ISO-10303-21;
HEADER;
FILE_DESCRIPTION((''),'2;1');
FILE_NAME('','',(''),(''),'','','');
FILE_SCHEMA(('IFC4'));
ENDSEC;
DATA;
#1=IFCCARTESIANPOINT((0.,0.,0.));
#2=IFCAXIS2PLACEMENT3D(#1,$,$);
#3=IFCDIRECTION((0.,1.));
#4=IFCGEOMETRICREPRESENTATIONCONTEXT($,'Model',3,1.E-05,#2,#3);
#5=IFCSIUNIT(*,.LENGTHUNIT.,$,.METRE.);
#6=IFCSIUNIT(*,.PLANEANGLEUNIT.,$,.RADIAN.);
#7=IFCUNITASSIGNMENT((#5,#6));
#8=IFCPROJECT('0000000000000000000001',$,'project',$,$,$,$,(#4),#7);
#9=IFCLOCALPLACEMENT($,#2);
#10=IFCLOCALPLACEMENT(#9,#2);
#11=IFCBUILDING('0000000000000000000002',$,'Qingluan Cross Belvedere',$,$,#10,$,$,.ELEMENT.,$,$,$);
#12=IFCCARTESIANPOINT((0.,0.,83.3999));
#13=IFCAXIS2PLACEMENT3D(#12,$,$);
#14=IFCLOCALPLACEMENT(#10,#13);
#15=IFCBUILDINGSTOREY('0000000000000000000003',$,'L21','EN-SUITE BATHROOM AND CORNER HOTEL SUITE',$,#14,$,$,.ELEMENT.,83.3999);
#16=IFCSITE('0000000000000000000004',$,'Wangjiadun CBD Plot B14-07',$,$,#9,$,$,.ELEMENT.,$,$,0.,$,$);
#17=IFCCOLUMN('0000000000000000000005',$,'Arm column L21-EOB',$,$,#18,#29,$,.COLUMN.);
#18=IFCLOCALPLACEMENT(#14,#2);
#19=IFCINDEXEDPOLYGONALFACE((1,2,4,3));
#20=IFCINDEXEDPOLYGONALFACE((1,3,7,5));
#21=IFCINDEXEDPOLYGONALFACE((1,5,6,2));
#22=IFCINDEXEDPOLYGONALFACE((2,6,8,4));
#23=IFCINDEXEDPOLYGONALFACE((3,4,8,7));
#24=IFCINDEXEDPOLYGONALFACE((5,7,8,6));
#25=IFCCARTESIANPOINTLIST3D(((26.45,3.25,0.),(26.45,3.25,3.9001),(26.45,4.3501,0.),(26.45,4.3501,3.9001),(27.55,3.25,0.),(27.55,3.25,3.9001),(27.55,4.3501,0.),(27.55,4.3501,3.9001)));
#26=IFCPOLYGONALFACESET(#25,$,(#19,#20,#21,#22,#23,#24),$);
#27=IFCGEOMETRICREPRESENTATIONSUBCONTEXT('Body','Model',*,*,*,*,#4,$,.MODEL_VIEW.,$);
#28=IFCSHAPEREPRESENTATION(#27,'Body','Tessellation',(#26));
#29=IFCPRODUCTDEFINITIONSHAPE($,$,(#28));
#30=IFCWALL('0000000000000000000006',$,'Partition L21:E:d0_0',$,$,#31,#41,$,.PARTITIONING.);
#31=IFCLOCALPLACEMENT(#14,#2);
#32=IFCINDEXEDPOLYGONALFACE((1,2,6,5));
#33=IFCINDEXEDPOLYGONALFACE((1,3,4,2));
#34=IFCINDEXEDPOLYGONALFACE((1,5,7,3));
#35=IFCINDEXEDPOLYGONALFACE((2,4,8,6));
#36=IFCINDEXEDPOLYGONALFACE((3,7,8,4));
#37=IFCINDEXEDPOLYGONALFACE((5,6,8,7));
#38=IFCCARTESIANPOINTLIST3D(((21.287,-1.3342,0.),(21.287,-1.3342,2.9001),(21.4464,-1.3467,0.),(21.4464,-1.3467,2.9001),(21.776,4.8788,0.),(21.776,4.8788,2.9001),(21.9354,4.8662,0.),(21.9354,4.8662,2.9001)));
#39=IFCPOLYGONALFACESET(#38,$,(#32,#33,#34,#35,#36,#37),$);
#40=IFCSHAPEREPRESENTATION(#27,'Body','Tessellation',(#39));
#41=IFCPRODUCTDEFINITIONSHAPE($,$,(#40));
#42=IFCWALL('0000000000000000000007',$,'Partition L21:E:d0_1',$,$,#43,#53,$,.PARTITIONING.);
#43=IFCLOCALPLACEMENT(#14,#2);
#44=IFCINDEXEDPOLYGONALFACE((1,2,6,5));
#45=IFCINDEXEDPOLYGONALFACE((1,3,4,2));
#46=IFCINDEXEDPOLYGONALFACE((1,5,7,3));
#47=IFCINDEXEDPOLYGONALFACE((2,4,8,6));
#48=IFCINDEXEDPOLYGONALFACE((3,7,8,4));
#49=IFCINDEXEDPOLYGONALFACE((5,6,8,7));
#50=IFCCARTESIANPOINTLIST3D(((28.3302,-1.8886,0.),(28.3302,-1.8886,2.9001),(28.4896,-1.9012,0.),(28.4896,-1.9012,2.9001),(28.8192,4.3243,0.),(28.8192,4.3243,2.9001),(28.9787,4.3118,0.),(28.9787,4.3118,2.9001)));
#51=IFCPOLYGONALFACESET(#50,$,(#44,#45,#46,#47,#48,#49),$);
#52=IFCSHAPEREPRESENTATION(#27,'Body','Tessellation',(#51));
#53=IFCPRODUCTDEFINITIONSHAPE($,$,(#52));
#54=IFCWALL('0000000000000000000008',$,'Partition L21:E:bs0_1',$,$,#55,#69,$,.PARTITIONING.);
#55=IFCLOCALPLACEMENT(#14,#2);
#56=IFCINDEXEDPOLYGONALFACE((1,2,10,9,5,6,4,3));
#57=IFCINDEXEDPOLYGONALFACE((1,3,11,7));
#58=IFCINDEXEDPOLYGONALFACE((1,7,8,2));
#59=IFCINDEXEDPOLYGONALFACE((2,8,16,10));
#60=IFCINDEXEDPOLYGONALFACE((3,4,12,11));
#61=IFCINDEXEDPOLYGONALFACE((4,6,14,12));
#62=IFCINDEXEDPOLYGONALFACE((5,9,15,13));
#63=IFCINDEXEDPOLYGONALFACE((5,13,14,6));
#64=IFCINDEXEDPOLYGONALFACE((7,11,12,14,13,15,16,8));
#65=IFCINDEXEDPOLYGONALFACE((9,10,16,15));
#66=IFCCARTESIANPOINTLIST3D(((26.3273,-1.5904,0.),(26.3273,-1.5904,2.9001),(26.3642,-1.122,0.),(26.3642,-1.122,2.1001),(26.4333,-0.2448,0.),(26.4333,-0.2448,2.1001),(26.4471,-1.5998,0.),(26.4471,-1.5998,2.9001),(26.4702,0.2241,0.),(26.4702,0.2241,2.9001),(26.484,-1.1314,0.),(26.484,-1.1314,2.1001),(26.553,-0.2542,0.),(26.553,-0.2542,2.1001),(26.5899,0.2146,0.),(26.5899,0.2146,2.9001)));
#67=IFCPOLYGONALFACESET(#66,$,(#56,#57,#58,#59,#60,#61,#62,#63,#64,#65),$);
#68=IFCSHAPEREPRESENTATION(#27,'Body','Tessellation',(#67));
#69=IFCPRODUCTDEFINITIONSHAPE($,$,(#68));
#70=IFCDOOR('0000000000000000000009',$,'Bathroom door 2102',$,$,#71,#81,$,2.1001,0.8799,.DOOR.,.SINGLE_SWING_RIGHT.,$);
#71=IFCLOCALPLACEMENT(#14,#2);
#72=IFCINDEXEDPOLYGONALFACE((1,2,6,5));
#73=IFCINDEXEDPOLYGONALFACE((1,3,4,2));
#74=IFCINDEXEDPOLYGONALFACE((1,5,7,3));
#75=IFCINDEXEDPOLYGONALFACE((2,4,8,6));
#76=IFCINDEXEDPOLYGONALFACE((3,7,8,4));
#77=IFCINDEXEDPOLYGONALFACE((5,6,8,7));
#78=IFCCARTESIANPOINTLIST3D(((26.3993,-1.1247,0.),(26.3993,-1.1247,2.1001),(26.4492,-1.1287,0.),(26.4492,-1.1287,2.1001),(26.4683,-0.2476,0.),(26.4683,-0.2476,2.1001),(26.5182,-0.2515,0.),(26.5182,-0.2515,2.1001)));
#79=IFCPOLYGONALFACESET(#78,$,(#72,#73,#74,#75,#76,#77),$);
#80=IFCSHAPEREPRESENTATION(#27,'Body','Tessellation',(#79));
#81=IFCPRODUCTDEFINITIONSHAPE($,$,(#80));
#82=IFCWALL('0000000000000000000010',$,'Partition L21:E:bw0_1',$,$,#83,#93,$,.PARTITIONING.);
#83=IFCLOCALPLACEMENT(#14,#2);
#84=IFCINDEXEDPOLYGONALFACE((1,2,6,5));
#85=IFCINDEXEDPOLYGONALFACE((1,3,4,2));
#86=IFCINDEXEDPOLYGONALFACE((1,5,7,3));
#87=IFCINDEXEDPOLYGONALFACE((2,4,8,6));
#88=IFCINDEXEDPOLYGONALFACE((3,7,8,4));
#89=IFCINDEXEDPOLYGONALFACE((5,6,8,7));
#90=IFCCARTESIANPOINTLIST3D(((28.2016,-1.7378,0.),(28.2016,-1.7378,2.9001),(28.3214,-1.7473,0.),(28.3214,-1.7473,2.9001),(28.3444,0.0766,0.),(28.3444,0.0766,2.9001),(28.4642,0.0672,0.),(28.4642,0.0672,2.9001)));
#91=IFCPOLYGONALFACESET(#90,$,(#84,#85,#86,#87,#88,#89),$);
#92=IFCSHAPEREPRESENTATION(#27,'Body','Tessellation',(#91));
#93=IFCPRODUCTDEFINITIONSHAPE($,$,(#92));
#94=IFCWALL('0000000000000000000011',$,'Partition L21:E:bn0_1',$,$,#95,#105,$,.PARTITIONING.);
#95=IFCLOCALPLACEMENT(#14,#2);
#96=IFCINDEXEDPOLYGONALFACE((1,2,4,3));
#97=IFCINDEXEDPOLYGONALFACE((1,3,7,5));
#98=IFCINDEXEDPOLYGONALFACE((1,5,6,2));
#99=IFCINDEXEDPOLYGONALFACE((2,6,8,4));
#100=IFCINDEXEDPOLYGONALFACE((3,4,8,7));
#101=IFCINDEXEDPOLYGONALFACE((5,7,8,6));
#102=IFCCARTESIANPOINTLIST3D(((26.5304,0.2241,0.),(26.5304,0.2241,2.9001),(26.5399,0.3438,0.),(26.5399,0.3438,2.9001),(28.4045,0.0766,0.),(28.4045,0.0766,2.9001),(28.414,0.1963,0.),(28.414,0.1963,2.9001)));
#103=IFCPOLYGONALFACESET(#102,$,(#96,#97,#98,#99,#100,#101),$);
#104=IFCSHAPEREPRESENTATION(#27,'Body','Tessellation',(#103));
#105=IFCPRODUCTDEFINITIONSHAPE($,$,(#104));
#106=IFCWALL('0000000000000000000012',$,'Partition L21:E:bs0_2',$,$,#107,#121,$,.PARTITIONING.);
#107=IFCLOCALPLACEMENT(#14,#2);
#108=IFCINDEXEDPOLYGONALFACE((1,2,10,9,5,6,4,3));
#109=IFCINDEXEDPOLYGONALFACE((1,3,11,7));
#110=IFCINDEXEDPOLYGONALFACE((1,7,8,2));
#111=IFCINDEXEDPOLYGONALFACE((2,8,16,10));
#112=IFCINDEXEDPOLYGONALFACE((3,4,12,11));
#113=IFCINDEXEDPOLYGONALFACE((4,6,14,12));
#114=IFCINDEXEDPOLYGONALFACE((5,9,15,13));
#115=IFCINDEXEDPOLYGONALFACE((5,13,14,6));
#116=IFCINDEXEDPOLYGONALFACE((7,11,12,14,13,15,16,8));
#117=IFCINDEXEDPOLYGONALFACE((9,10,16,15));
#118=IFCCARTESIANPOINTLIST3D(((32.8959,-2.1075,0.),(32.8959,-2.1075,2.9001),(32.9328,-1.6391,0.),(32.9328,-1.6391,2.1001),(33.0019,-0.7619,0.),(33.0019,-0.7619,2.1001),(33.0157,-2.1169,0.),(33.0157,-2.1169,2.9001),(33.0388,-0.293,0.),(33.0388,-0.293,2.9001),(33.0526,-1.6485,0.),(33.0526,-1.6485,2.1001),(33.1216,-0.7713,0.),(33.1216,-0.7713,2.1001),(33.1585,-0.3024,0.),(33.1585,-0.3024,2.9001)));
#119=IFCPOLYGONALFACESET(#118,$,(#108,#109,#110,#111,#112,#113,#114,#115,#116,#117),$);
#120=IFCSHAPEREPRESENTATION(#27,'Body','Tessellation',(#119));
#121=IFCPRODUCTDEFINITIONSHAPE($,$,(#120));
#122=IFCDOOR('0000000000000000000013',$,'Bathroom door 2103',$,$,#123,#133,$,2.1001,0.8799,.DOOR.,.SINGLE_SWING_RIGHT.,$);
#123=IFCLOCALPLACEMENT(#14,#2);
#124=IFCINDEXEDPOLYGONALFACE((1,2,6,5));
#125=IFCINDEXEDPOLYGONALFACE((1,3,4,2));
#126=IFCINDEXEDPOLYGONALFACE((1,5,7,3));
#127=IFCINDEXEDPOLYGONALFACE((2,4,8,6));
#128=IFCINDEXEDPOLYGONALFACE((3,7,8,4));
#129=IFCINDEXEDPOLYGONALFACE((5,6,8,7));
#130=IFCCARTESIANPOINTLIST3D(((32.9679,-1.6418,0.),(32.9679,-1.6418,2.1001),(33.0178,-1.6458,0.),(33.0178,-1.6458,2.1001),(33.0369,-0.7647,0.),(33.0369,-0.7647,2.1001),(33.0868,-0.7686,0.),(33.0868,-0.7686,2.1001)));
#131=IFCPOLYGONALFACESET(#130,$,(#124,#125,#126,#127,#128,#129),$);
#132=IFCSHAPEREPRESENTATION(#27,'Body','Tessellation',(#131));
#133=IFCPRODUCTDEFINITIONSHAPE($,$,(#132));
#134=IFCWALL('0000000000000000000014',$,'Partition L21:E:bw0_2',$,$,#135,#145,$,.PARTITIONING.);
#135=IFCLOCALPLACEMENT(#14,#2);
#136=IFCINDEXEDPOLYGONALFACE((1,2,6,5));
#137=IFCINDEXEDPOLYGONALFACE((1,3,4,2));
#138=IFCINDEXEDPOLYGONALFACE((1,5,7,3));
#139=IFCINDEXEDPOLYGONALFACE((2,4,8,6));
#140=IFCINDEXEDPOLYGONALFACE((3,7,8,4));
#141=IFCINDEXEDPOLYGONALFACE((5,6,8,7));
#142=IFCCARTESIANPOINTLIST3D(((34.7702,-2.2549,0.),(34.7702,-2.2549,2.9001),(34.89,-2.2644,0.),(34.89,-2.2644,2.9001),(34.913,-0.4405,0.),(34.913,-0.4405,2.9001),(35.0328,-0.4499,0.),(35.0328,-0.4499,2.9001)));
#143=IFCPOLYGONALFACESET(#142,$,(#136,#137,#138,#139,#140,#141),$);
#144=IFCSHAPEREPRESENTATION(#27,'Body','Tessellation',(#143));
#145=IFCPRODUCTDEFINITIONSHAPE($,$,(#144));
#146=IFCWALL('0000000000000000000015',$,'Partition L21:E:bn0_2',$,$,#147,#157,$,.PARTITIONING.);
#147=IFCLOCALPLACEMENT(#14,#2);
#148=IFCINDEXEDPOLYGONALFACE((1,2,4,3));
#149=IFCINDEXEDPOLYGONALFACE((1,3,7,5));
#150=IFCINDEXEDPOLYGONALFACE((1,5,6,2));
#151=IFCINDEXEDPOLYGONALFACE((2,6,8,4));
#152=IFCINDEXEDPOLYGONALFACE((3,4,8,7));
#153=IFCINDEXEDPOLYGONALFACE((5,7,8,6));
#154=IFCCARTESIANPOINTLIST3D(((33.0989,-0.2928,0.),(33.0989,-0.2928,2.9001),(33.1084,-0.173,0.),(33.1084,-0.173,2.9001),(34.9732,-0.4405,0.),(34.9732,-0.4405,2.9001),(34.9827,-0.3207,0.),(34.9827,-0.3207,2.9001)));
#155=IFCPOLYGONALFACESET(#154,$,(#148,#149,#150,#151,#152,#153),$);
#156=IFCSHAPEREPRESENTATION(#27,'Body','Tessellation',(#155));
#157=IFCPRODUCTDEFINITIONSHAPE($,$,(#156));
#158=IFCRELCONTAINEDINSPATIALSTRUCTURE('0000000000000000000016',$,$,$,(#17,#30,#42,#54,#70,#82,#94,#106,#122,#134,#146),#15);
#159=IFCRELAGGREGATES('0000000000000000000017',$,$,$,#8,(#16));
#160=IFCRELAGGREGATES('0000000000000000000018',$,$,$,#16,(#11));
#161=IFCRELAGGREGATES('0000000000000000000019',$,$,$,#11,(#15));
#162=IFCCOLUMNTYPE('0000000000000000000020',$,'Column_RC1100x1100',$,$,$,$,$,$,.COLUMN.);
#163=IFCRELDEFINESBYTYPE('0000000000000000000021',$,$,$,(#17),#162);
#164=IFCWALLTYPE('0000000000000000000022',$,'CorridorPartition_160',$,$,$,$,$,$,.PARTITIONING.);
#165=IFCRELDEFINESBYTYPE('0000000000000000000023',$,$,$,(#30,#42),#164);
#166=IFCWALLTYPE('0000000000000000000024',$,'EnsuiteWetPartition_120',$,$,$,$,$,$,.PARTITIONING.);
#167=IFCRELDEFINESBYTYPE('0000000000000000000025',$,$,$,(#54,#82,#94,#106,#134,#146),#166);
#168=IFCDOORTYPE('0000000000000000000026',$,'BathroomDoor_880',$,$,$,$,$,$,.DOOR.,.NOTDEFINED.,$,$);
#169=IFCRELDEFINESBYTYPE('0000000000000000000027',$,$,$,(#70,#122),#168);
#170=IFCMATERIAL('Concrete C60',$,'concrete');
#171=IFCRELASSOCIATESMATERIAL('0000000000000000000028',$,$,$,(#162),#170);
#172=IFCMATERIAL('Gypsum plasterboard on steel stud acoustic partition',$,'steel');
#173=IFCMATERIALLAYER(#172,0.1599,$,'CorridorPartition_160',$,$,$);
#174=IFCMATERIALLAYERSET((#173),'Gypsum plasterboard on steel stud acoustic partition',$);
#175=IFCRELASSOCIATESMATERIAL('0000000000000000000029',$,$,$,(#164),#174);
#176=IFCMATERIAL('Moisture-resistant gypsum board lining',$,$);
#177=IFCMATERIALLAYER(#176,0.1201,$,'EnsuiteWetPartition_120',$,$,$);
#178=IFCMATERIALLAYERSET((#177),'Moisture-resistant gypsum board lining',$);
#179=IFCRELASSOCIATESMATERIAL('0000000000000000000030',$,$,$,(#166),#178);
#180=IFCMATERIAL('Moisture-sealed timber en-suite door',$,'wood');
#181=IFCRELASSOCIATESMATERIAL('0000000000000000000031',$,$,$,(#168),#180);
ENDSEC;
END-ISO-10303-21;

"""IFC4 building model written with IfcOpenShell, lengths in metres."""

from ifc_helpers import new_model, si_unit, direction, frame, frame_2d, origin, origin_2d, place, context, subcontext, project, spatial, rectangle, extrude, material, layer, layer_set, material_profile, profile_set, type_object, element, fill, save


model = new_model("IFC4")

# Units and contexts
model_context = context("Model", 3, precision=1e-05, world=origin(), true_north=direction((0.0, 1.0)))
body_context = subcontext(model_context, "Body", "Model", "MODEL_VIEW")
ifc_project = project(units=[si_unit("LENGTHUNIT", "METRE"), si_unit("PLANEANGLEUNIT", "RADIAN")], contexts=[model_context])

# Site, building, storey
site_placement = place(None, origin())
site = spatial("IfcSite", under=ifc_project, at=site_placement, Name="Wangjiadun CBD Plot B14-07", CompositionType="ELEMENT", RefElevation=0.0)
building_placement = place(site_placement, origin())
building = spatial("IfcBuilding", under=site, at=building_placement, Name="Qingluan Cross Belvedere", CompositionType="ELEMENT")
storey_placement = place(building_placement, frame((0.0, 0.0, 83.3999)))
storey = spatial("IfcBuildingStorey", under=building, at=storey_placement, Name="L21", Description="EN-SUITE BATHROOM AND CORNER HOTEL SUITE", CompositionType="ELEMENT", Elevation=83.3999)

# Column
ifc_material_1 = material(Name="Concrete C60", Category="concrete")
ifc_material_profile = material_profile(ifc_material_1, rectangle(XDim=1.1001, YDim=1.1001, at=origin_2d()), Name="RC1100x1100")
ifc_profile_set = profile_set([ifc_material_profile], Name="Concrete C60")
column_type = type_object("IfcColumnType", Name="Column_RC1100x1100", PredefinedType="COLUMN", material=ifc_profile_set)
column_placement = place(storey_placement, frame((27.0, 3.8, 0.0), z_axis=(0.0, 0.0, 1.0), x_axis=(1.0, 0.0, 0.0)))
element("IfcColumn", 1, at=column_placement, inside=storey, type_object=column_type, Name="Arm column L21-EOB", PredefinedType="COLUMN", context=body_context, shape_type="SweptSolid", body=[
    extrude(rectangle(XDim=1.1001, YDim=1.1001, at=origin_2d()), origin(), (0.0, 0.0, 1.0), 3.9001),
])

# Walls
ifc_material_2 = material(Name="Gypsum plasterboard on steel stud acoustic partition", Category="steel")
ifc_layer_1 = layer(ifc_material_2, 0.1599, Name="CorridorPartition_160")
ifc_layer_set_1 = layer_set([ifc_layer_1], Name="Gypsum plasterboard on steel stud acoustic partition")
wall_type_1 = type_object("IfcWallType", Name="CorridorPartition_160", PredefinedType="PARTITIONING", material=ifc_layer_set_1)
for number, where, z_axis, x_axis, name in (
    (2, (21.3667, -1.3406, 0.0), (0.0, 0.0, 1.0), (0.078467, 0.996917, 0.0), "Partition L21:E:d0_0"),
    (3, (28.4099, -1.895, 0.0), (0.0, 0.0, 1.0), (0.078467, 0.996917, 0.0), "Partition L21:E:d0_1"),
):
    element("IfcWall", number, at=place(storey_placement, frame(where, z_axis=z_axis, x_axis=x_axis)), inside=storey, type_object=wall_type_1, Name=name, PredefinedType="PARTITIONING", context=body_context, shape_type="SweptSolid", body=[
        extrude(rectangle(XDim=6.2322, YDim=0.1599, at=frame_2d((3.1162, 0.0))), origin(), (0.0, 0.0, 1.0), 2.9001),
    ])

# Wall, opening, door
ifc_material_3 = material(Name="Moisture-resistant gypsum board lining")
ifc_layer_2 = layer(ifc_material_3, 0.1201, Name="EnsuiteWetPartition_120")
ifc_layer_set_2 = layer_set([ifc_layer_2], Name="Moisture-resistant gypsum board lining")
wall_type_2 = type_object("IfcWallType", Name="EnsuiteWetPartition_120", PredefinedType="PARTITIONING", material=ifc_layer_set_2)
wall_1_placement = place(storey_placement, frame((26.3872, -1.5952, 0.0), z_axis=(0.0, 0.0, 1.0), x_axis=(0.078471, 0.996916, 0.0)))
wall_1 = element("IfcWall", 4, at=wall_1_placement, inside=storey, type_object=wall_type_2, Name="Partition L21:E:bs0_1", PredefinedType="PARTITIONING", context=body_context, shape_type="SweptSolid", body=[
    extrude(rectangle(XDim=1.8201, YDim=0.1201, at=frame_2d((0.9102, 0.0))), origin(), (0.0, 0.0, 1.0), 2.9001),
])
opening_1_placement = place(wall_1_placement, frame((0.47, 0.0, 0.0)))
opening_1 = element("IfcOpeningElement", 5, at=opening_1_placement, cuts=wall_1, PredefinedType="OPENING", context=body_context, shape_type="SweptSolid", body=[
    extrude(rectangle(XDim=0.8799, YDim=2.1001, at=frame_2d((0.4399, 1.05))), frame((0.0, 0.0701, 0.0), z_axis=(0.0, -1.0, 0.0), x_axis=(1.0, 0.0, 0.0)), (0.0, 0.0, 1.0), 0.1401),
])
ifc_material_4 = material(Name="Moisture-sealed timber en-suite door", Category="wood")
door_type_1 = type_object("IfcDoorType", Name="BathroomDoor_880", OperationType="NOTDEFINED", PredefinedType="DOOR", material=ifc_material_4)
door_1_placement = place(opening_1_placement, origin())
door_1 = element("IfcDoor", 6, at=door_1_placement, inside=storey, type_object=door_type_1, Name="Bathroom door 2102", OperationType="SINGLE_SWING_RIGHT", OverallHeight=2.1001, OverallWidth=0.8799, PredefinedType="DOOR", context=body_context, shape_type="SweptSolid", body=[
    extrude(rectangle(XDim=0.8799, YDim=2.1001, at=frame_2d((0.4399, 1.05))), frame((0.0, 0.0249, 0.0), z_axis=(0.0, -1.0, 0.0), x_axis=(1.0, 0.0, 0.0)), (0.0, 0.0, 1.0), 0.05),
])
fill(opening_1, door_1)

# Walls
wall_2_placement = place(storey_placement, frame((28.2615, -1.7427, 0.0), z_axis=(0.0, 0.0, 1.0), x_axis=(0.078471, 0.996916, 0.0)))
element("IfcWall", 7, at=wall_2_placement, inside=storey, type_object=wall_type_2, Name="Partition L21:E:bw0_1", PredefinedType="PARTITIONING", context=body_context, shape_type="SweptSolid", body=[
    extrude(rectangle(XDim=1.8201, YDim=0.1201, at=frame_2d((0.9102, 0.0))), origin(), (0.0, 0.0, 1.0), 2.9001),
])
wall_3_placement = place(storey_placement, frame((26.5352, 0.2839, 0.0), z_axis=(0.0, 0.0, 1.0), x_axis=(0.996918, -0.078444, 0.0)))
element("IfcWall", 8, at=wall_3_placement, inside=storey, type_object=wall_type_2, Name="Partition L21:E:bn0_1", PredefinedType="PARTITIONING", context=body_context, shape_type="SweptSolid", body=[
    extrude(rectangle(XDim=1.8799, YDim=0.1201, at=frame_2d((0.9399, 0.0))), origin(), (0.0, 0.0, 1.0), 2.9001),
])

# Wall, opening, door
wall_4_placement = place(storey_placement, frame((32.9558, -2.1123, 0.0), z_axis=(0.0, 0.0, 1.0), x_axis=(0.078471, 0.996916, 0.0)))
wall_4 = element("IfcWall", 9, at=wall_4_placement, inside=storey, type_object=wall_type_2, Name="Partition L21:E:bs0_2", PredefinedType="PARTITIONING", context=body_context, shape_type="SweptSolid", body=[
    extrude(rectangle(XDim=1.8201, YDim=0.1201, at=frame_2d((0.9102, 0.0))), origin(), (0.0, 0.0, 1.0), 2.9001),
])
opening_2_placement = place(wall_4_placement, frame((0.47, 0.0, 0.0)))
opening_2 = element("IfcOpeningElement", 10, at=opening_2_placement, cuts=wall_4, PredefinedType="OPENING", context=body_context, shape_type="SweptSolid", body=[
    extrude(rectangle(XDim=0.8799, YDim=2.1001, at=frame_2d((0.4399, 1.05))), frame((0.0, 0.0701, 0.0), z_axis=(0.0, -1.0, 0.0), x_axis=(1.0, 0.0, 0.0)), (0.0, 0.0, 1.0), 0.1401),
])
door_2_placement = place(opening_2_placement, origin())
door_2 = element("IfcDoor", 11, at=door_2_placement, inside=storey, type_object=door_type_1, Name="Bathroom door 2103", OperationType="SINGLE_SWING_RIGHT", OverallHeight=2.1001, OverallWidth=0.8799, PredefinedType="DOOR", context=body_context, shape_type="SweptSolid", body=[
    extrude(rectangle(XDim=0.8799, YDim=2.1001, at=frame_2d((0.4399, 1.05))), frame((0.0, 0.0249, 0.0), z_axis=(0.0, -1.0, 0.0), x_axis=(1.0, 0.0, 0.0)), (0.0, 0.0, 1.0), 0.05),
])
fill(opening_2, door_2)

# Walls
wall_5_placement = place(storey_placement, frame((34.8301, -2.2598, 0.0), z_axis=(0.0, 0.0, 1.0), x_axis=(0.078471, 0.996916, 0.0)))
element("IfcWall", 12, at=wall_5_placement, inside=storey, type_object=wall_type_2, Name="Partition L21:E:bw0_2", PredefinedType="PARTITIONING", context=body_context, shape_type="SweptSolid", body=[
    extrude(rectangle(XDim=1.8201, YDim=0.1201, at=frame_2d((0.9102, 0.0))), origin(), (0.0, 0.0, 1.0), 2.9001),
])
wall_6_placement = place(storey_placement, frame((33.1038, -0.2329, 0.0), z_axis=(0.0, 0.0, 1.0), x_axis=(0.996909, -0.078563, 0.0)))
element("IfcWall", 13, at=wall_6_placement, inside=storey, type_object=wall_type_2, Name="Partition L21:E:bn0_2", PredefinedType="PARTITIONING", context=body_context, shape_type="SweptSolid", body=[
    extrude(rectangle(XDim=1.8801, YDim=0.1201, at=frame_2d((0.9399, 0.0))), origin(), (0.0, 0.0, 1.0), 2.9001),
])

save(model, "model.ifc")
